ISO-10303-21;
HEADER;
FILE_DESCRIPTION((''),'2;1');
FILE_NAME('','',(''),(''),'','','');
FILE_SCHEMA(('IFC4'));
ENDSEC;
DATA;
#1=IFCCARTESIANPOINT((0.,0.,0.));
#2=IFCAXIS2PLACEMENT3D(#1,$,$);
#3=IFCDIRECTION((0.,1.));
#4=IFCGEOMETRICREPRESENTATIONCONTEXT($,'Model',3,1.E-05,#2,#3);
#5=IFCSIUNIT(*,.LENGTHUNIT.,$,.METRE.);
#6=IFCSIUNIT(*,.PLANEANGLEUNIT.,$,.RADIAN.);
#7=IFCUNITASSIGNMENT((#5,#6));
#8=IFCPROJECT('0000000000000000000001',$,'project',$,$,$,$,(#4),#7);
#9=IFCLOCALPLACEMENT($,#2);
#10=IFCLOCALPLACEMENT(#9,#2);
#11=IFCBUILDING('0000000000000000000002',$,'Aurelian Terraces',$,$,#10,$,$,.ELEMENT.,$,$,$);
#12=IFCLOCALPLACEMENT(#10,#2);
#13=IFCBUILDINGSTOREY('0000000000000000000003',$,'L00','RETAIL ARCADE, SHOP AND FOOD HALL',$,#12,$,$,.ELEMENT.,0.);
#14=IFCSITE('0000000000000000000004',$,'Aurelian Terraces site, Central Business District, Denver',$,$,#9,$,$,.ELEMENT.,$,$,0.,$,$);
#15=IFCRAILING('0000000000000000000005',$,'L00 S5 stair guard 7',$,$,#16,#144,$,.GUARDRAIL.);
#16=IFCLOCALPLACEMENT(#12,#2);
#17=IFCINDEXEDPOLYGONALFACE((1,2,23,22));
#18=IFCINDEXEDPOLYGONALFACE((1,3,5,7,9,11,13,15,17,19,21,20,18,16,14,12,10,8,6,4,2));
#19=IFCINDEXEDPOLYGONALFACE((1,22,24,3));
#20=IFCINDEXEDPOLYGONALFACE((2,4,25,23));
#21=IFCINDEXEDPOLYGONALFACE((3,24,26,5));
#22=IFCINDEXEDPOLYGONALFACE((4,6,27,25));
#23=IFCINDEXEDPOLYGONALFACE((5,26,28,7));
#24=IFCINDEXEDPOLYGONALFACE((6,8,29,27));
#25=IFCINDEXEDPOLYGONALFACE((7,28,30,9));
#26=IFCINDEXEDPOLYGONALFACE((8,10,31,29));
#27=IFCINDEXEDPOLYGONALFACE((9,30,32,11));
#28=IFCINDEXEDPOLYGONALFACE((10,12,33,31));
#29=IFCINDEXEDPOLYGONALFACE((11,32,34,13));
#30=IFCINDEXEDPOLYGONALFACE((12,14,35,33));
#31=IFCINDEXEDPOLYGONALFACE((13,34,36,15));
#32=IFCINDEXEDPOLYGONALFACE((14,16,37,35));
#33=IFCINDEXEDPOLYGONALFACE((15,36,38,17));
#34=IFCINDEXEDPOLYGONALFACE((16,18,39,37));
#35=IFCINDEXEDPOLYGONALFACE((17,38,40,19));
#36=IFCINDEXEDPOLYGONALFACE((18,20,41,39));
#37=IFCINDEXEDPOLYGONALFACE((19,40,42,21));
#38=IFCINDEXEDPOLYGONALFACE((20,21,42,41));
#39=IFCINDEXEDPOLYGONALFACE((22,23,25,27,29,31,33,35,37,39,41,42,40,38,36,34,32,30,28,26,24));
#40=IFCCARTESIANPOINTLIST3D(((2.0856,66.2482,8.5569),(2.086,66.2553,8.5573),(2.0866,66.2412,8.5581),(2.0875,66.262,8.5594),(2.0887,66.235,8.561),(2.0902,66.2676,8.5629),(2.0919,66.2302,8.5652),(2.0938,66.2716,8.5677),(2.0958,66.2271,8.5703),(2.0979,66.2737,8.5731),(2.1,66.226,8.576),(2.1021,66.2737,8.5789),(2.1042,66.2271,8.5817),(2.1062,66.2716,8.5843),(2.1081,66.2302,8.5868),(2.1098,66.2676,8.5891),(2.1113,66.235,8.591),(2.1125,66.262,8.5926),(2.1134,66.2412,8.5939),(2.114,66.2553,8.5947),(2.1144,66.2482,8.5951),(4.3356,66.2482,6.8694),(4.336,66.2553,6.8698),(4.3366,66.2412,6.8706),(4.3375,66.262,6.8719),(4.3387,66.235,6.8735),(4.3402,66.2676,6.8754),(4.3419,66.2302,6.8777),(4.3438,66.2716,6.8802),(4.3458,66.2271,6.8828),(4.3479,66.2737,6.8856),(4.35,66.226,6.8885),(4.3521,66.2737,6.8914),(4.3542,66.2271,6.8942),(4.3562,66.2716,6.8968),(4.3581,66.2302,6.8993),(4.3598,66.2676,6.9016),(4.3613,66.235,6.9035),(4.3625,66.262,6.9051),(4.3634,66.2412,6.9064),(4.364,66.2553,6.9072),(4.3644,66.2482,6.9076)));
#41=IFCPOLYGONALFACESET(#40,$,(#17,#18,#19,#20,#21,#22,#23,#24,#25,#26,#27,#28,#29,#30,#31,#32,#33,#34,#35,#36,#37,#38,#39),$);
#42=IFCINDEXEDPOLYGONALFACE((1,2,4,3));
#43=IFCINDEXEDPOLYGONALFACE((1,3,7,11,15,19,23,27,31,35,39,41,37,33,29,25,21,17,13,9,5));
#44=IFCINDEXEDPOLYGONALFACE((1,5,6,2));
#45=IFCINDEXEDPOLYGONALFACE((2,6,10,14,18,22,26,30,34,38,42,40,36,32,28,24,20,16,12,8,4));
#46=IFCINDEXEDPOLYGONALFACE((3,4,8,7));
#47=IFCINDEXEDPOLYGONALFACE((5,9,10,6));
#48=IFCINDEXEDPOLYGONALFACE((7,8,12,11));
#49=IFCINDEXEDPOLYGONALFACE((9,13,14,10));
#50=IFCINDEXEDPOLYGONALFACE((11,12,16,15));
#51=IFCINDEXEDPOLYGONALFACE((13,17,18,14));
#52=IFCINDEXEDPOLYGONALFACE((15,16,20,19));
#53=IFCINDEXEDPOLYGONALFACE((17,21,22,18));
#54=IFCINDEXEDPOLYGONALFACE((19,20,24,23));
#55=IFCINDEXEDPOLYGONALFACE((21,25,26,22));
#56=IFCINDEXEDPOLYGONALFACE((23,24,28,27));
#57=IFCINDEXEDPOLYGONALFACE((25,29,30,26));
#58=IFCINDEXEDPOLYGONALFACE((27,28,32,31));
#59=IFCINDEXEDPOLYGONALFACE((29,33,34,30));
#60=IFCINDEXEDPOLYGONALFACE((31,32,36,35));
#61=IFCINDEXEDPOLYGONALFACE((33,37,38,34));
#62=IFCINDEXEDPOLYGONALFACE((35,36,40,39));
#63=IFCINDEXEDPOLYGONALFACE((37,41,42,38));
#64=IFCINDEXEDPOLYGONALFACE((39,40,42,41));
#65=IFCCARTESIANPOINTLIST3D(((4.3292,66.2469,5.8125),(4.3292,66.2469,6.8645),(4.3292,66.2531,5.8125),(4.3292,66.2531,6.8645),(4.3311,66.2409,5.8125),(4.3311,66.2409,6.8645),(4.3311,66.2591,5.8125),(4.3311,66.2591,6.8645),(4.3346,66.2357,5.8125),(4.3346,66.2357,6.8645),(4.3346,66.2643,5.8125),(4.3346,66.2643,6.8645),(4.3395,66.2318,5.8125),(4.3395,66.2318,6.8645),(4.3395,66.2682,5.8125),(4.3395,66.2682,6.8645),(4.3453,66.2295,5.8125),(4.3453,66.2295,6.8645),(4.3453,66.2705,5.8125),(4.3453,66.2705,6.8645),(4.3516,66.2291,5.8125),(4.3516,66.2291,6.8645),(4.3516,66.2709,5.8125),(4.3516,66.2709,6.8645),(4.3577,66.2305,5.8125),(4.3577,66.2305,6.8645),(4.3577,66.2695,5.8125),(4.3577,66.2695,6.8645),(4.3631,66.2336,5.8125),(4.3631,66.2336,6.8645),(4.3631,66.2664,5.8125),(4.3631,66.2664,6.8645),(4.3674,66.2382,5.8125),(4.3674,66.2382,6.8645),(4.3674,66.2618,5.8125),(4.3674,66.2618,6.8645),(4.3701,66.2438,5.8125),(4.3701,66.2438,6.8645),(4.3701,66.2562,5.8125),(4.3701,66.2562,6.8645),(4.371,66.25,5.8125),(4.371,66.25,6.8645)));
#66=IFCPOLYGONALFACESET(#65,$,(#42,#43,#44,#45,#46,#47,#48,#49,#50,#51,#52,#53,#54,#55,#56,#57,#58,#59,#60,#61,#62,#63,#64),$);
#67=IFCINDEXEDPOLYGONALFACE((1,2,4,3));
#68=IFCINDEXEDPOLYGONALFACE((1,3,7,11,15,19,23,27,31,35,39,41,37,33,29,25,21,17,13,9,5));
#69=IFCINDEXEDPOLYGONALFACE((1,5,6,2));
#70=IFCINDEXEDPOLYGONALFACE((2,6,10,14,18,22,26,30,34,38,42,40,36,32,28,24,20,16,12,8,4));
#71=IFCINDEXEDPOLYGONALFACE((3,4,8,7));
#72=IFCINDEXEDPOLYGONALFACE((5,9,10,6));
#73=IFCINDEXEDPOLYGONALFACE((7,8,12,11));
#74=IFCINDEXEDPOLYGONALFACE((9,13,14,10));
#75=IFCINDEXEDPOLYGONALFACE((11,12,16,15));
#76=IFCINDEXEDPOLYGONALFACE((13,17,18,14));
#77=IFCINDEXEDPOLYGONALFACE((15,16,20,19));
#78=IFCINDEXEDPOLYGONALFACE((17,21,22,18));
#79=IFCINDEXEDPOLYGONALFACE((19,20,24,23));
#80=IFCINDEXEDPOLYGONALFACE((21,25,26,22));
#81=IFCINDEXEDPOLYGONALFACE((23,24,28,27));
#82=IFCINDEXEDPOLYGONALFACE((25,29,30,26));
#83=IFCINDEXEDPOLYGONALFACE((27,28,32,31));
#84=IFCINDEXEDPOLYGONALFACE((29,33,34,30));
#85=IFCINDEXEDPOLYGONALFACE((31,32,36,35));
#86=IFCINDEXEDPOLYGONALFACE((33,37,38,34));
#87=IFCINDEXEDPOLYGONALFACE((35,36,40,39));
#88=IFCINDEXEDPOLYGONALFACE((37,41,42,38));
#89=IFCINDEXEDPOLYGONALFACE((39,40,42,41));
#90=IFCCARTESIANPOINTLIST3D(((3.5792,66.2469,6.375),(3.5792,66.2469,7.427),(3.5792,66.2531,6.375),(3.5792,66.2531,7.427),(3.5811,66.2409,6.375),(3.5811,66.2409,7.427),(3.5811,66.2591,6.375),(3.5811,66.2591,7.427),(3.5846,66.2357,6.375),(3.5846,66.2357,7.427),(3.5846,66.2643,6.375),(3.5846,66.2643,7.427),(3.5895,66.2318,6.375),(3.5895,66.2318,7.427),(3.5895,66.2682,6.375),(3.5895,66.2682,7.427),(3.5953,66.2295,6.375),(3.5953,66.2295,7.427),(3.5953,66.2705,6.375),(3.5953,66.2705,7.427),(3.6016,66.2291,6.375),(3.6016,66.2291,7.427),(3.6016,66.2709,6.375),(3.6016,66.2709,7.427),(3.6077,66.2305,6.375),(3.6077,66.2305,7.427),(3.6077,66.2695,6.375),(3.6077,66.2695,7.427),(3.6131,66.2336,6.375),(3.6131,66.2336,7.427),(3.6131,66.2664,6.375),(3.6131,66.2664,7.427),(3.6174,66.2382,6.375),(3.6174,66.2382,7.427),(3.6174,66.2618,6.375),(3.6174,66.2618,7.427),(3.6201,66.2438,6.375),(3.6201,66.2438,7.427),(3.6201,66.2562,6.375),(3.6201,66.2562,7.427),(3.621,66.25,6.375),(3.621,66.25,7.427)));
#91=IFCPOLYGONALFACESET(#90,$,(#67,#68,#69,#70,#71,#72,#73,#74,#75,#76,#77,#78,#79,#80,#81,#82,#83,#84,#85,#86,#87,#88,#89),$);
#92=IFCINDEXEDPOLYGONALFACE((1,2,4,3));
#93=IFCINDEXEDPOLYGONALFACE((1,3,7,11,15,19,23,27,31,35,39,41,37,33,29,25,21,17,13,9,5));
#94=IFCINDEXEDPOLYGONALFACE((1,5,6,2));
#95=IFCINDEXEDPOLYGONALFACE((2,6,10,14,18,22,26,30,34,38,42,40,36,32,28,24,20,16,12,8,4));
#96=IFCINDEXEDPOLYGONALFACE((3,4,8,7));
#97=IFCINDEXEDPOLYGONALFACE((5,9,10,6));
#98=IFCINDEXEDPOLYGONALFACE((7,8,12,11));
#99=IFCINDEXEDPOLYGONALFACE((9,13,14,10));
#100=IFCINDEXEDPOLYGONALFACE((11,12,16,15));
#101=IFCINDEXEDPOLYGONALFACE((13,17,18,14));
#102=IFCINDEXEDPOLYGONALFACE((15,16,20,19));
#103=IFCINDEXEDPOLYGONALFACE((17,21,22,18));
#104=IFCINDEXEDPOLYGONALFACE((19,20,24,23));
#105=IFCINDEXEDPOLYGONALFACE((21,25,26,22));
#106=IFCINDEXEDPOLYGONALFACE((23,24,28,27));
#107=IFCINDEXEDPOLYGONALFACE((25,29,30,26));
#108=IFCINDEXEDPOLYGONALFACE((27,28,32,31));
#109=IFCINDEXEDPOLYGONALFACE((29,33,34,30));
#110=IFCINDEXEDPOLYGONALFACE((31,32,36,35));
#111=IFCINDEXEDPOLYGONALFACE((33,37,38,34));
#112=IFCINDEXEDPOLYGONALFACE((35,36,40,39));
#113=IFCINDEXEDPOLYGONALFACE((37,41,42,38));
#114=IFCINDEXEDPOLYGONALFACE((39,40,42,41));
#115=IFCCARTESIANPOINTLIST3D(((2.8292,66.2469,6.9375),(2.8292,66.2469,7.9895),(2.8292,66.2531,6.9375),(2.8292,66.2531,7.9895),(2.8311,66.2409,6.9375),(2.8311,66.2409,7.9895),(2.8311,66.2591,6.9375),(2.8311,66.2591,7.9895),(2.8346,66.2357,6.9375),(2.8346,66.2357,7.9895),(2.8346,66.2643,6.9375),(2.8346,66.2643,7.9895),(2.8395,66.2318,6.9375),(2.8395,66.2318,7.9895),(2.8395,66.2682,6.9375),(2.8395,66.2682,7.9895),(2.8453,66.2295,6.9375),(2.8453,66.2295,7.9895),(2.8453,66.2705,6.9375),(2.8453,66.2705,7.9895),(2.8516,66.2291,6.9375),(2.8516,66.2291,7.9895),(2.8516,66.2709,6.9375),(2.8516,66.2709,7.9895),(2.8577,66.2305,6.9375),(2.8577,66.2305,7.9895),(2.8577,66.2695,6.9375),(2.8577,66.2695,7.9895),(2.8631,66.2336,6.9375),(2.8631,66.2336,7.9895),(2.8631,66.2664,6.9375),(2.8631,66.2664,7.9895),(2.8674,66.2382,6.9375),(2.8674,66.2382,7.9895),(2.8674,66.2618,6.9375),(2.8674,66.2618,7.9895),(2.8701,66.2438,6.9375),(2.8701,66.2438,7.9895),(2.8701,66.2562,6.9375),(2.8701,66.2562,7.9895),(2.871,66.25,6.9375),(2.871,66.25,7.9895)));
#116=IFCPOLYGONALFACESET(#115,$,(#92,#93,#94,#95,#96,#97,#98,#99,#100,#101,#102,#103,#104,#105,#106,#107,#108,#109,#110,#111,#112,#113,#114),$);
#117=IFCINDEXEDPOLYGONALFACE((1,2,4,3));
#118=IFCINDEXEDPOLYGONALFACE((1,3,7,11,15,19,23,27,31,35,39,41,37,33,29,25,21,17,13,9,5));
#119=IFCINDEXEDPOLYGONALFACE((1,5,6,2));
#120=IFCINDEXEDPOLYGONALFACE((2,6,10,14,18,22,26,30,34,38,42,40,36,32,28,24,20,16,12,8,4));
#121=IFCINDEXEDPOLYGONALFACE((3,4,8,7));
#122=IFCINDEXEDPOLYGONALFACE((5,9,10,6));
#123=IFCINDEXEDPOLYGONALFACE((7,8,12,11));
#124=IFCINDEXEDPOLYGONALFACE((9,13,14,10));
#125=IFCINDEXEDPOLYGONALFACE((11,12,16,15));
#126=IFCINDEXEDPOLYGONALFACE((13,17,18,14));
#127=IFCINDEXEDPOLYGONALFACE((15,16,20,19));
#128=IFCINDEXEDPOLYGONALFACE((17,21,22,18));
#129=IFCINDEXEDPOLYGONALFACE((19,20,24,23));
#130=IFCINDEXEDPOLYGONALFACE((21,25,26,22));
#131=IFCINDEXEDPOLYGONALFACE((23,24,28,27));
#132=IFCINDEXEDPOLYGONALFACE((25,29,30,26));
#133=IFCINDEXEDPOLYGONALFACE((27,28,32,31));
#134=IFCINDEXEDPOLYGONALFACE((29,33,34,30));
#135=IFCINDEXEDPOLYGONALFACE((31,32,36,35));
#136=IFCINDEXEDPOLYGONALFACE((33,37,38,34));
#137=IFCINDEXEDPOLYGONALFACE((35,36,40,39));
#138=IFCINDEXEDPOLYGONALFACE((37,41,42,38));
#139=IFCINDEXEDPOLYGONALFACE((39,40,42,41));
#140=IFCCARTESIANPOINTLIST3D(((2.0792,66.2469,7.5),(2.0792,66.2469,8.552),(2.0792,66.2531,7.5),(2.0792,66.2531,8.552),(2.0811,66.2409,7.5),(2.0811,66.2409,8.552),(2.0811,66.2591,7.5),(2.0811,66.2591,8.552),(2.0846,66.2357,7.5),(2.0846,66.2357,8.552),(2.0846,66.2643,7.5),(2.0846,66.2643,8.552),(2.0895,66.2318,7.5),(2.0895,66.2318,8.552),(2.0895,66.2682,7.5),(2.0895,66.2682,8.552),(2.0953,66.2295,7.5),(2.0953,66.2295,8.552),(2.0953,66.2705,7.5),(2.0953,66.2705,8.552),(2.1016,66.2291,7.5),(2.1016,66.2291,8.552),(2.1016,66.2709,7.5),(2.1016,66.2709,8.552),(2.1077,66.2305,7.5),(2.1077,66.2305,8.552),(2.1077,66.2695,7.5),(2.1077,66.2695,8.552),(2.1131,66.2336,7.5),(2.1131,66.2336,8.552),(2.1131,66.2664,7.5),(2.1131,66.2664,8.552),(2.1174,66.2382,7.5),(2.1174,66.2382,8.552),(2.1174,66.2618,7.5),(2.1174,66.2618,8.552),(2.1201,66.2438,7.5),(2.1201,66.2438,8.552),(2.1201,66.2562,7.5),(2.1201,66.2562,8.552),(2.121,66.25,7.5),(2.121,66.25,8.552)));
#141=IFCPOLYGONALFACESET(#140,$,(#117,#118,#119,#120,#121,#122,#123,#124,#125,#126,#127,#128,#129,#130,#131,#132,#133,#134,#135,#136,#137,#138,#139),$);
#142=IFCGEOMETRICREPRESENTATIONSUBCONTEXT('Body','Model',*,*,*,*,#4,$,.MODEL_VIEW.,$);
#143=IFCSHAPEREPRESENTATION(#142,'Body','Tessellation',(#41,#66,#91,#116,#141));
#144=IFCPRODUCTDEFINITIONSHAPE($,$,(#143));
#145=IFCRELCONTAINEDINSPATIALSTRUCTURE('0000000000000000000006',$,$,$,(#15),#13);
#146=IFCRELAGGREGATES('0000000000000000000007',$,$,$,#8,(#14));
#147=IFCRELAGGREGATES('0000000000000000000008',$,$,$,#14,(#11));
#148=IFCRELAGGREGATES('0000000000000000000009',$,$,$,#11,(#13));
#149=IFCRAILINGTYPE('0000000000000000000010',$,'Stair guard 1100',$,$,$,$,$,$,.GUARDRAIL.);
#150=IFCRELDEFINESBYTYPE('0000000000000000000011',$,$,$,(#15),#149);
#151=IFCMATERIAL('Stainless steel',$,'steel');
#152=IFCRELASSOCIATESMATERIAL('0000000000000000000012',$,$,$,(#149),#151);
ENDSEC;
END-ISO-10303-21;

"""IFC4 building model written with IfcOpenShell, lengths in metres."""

from ifc_helpers import new_model, si_unit, direction, frame, origin, origin_2d, place, context, subcontext, project, spatial, circle, extrude, source, transform, mapped, material, type_object, element, save


model = new_model("IFC4")

# Units and contexts
model_context = context("Model", 3, precision=1e-05, world=origin(), true_north=direction((0.0, 1.0)))
body_context = subcontext(model_context, "Body", "Model", "MODEL_VIEW")
ifc_project = project(units=[si_unit("LENGTHUNIT", "METRE"), si_unit("PLANEANGLEUNIT", "RADIAN")], contexts=[model_context])

# Site, building, storey
site_placement = place(None, origin())
site = spatial("IfcSite", under=ifc_project, at=site_placement, Name="Aurelian Terraces site, Central Business District, Denver", CompositionType="ELEMENT", RefElevation=0.0)
building_placement = place(site_placement, origin())
building = spatial("IfcBuilding", under=site, at=building_placement, Name="Aurelian Terraces", CompositionType="ELEMENT")
storey_placement = place(building_placement, origin())
storey = spatial("IfcBuildingStorey", under=building, at=storey_placement, Name="L00", Description="RETAIL ARCADE, SHOP AND FOOD HALL", CompositionType="ELEMENT", Elevation=0.0)

# Railing
ifc_material_1 = material(Name="Stainless steel", Category="steel")
railing_type_1 = type_object("IfcRailingType", Name="Stair guard 1100", PredefinedType="GUARDRAIL", material=ifc_material_1)
shared_shape_1 = source(origin(), body_context, "Body", "SweptSolid", [
    extrude(circle(Radius=0.024, at=origin_2d()), frame((0.0, 0.0, 1.076), z_axis=(-0.8, 0.0, 0.6), x_axis=(0.0, -1.0, 0.0)), (0.0, 0.0, 1.0), 2.8125),
    extrude(circle(Radius=0.021, at=origin_2d()), origin(), (0.0, 0.0, 1.0), 1.052),
    extrude(circle(Radius=0.021, at=origin_2d()), frame((-0.75, 0.0, 0.5625)), (0.0, 0.0, 1.0), 1.052),
    extrude(circle(Radius=0.021, at=origin_2d()), frame((-1.5, 0.0, 1.125)), (0.0, 0.0, 1.0), 1.052),
    extrude(circle(Radius=0.021, at=origin_2d()), frame((-2.25, 0.0, 1.6875)), (0.0, 0.0, 1.0), 1.052),
])
for number, where, name in (
    (1, (4.35, 66.25, 5.8125), "L00 S5 stair guard 7"),
):
    element("IfcRailing", number, at=place(storey_placement, frame(where)), inside=storey, type_object=railing_type_1, Name=name, PredefinedType="GUARDRAIL", context=body_context, shape_type="MappedRepresentation", body=[
        mapped(shared_shape_1, transform((0.0, 0.0, 0.0), scale=1.0)),
    ])

save(model, "model.ifc")
